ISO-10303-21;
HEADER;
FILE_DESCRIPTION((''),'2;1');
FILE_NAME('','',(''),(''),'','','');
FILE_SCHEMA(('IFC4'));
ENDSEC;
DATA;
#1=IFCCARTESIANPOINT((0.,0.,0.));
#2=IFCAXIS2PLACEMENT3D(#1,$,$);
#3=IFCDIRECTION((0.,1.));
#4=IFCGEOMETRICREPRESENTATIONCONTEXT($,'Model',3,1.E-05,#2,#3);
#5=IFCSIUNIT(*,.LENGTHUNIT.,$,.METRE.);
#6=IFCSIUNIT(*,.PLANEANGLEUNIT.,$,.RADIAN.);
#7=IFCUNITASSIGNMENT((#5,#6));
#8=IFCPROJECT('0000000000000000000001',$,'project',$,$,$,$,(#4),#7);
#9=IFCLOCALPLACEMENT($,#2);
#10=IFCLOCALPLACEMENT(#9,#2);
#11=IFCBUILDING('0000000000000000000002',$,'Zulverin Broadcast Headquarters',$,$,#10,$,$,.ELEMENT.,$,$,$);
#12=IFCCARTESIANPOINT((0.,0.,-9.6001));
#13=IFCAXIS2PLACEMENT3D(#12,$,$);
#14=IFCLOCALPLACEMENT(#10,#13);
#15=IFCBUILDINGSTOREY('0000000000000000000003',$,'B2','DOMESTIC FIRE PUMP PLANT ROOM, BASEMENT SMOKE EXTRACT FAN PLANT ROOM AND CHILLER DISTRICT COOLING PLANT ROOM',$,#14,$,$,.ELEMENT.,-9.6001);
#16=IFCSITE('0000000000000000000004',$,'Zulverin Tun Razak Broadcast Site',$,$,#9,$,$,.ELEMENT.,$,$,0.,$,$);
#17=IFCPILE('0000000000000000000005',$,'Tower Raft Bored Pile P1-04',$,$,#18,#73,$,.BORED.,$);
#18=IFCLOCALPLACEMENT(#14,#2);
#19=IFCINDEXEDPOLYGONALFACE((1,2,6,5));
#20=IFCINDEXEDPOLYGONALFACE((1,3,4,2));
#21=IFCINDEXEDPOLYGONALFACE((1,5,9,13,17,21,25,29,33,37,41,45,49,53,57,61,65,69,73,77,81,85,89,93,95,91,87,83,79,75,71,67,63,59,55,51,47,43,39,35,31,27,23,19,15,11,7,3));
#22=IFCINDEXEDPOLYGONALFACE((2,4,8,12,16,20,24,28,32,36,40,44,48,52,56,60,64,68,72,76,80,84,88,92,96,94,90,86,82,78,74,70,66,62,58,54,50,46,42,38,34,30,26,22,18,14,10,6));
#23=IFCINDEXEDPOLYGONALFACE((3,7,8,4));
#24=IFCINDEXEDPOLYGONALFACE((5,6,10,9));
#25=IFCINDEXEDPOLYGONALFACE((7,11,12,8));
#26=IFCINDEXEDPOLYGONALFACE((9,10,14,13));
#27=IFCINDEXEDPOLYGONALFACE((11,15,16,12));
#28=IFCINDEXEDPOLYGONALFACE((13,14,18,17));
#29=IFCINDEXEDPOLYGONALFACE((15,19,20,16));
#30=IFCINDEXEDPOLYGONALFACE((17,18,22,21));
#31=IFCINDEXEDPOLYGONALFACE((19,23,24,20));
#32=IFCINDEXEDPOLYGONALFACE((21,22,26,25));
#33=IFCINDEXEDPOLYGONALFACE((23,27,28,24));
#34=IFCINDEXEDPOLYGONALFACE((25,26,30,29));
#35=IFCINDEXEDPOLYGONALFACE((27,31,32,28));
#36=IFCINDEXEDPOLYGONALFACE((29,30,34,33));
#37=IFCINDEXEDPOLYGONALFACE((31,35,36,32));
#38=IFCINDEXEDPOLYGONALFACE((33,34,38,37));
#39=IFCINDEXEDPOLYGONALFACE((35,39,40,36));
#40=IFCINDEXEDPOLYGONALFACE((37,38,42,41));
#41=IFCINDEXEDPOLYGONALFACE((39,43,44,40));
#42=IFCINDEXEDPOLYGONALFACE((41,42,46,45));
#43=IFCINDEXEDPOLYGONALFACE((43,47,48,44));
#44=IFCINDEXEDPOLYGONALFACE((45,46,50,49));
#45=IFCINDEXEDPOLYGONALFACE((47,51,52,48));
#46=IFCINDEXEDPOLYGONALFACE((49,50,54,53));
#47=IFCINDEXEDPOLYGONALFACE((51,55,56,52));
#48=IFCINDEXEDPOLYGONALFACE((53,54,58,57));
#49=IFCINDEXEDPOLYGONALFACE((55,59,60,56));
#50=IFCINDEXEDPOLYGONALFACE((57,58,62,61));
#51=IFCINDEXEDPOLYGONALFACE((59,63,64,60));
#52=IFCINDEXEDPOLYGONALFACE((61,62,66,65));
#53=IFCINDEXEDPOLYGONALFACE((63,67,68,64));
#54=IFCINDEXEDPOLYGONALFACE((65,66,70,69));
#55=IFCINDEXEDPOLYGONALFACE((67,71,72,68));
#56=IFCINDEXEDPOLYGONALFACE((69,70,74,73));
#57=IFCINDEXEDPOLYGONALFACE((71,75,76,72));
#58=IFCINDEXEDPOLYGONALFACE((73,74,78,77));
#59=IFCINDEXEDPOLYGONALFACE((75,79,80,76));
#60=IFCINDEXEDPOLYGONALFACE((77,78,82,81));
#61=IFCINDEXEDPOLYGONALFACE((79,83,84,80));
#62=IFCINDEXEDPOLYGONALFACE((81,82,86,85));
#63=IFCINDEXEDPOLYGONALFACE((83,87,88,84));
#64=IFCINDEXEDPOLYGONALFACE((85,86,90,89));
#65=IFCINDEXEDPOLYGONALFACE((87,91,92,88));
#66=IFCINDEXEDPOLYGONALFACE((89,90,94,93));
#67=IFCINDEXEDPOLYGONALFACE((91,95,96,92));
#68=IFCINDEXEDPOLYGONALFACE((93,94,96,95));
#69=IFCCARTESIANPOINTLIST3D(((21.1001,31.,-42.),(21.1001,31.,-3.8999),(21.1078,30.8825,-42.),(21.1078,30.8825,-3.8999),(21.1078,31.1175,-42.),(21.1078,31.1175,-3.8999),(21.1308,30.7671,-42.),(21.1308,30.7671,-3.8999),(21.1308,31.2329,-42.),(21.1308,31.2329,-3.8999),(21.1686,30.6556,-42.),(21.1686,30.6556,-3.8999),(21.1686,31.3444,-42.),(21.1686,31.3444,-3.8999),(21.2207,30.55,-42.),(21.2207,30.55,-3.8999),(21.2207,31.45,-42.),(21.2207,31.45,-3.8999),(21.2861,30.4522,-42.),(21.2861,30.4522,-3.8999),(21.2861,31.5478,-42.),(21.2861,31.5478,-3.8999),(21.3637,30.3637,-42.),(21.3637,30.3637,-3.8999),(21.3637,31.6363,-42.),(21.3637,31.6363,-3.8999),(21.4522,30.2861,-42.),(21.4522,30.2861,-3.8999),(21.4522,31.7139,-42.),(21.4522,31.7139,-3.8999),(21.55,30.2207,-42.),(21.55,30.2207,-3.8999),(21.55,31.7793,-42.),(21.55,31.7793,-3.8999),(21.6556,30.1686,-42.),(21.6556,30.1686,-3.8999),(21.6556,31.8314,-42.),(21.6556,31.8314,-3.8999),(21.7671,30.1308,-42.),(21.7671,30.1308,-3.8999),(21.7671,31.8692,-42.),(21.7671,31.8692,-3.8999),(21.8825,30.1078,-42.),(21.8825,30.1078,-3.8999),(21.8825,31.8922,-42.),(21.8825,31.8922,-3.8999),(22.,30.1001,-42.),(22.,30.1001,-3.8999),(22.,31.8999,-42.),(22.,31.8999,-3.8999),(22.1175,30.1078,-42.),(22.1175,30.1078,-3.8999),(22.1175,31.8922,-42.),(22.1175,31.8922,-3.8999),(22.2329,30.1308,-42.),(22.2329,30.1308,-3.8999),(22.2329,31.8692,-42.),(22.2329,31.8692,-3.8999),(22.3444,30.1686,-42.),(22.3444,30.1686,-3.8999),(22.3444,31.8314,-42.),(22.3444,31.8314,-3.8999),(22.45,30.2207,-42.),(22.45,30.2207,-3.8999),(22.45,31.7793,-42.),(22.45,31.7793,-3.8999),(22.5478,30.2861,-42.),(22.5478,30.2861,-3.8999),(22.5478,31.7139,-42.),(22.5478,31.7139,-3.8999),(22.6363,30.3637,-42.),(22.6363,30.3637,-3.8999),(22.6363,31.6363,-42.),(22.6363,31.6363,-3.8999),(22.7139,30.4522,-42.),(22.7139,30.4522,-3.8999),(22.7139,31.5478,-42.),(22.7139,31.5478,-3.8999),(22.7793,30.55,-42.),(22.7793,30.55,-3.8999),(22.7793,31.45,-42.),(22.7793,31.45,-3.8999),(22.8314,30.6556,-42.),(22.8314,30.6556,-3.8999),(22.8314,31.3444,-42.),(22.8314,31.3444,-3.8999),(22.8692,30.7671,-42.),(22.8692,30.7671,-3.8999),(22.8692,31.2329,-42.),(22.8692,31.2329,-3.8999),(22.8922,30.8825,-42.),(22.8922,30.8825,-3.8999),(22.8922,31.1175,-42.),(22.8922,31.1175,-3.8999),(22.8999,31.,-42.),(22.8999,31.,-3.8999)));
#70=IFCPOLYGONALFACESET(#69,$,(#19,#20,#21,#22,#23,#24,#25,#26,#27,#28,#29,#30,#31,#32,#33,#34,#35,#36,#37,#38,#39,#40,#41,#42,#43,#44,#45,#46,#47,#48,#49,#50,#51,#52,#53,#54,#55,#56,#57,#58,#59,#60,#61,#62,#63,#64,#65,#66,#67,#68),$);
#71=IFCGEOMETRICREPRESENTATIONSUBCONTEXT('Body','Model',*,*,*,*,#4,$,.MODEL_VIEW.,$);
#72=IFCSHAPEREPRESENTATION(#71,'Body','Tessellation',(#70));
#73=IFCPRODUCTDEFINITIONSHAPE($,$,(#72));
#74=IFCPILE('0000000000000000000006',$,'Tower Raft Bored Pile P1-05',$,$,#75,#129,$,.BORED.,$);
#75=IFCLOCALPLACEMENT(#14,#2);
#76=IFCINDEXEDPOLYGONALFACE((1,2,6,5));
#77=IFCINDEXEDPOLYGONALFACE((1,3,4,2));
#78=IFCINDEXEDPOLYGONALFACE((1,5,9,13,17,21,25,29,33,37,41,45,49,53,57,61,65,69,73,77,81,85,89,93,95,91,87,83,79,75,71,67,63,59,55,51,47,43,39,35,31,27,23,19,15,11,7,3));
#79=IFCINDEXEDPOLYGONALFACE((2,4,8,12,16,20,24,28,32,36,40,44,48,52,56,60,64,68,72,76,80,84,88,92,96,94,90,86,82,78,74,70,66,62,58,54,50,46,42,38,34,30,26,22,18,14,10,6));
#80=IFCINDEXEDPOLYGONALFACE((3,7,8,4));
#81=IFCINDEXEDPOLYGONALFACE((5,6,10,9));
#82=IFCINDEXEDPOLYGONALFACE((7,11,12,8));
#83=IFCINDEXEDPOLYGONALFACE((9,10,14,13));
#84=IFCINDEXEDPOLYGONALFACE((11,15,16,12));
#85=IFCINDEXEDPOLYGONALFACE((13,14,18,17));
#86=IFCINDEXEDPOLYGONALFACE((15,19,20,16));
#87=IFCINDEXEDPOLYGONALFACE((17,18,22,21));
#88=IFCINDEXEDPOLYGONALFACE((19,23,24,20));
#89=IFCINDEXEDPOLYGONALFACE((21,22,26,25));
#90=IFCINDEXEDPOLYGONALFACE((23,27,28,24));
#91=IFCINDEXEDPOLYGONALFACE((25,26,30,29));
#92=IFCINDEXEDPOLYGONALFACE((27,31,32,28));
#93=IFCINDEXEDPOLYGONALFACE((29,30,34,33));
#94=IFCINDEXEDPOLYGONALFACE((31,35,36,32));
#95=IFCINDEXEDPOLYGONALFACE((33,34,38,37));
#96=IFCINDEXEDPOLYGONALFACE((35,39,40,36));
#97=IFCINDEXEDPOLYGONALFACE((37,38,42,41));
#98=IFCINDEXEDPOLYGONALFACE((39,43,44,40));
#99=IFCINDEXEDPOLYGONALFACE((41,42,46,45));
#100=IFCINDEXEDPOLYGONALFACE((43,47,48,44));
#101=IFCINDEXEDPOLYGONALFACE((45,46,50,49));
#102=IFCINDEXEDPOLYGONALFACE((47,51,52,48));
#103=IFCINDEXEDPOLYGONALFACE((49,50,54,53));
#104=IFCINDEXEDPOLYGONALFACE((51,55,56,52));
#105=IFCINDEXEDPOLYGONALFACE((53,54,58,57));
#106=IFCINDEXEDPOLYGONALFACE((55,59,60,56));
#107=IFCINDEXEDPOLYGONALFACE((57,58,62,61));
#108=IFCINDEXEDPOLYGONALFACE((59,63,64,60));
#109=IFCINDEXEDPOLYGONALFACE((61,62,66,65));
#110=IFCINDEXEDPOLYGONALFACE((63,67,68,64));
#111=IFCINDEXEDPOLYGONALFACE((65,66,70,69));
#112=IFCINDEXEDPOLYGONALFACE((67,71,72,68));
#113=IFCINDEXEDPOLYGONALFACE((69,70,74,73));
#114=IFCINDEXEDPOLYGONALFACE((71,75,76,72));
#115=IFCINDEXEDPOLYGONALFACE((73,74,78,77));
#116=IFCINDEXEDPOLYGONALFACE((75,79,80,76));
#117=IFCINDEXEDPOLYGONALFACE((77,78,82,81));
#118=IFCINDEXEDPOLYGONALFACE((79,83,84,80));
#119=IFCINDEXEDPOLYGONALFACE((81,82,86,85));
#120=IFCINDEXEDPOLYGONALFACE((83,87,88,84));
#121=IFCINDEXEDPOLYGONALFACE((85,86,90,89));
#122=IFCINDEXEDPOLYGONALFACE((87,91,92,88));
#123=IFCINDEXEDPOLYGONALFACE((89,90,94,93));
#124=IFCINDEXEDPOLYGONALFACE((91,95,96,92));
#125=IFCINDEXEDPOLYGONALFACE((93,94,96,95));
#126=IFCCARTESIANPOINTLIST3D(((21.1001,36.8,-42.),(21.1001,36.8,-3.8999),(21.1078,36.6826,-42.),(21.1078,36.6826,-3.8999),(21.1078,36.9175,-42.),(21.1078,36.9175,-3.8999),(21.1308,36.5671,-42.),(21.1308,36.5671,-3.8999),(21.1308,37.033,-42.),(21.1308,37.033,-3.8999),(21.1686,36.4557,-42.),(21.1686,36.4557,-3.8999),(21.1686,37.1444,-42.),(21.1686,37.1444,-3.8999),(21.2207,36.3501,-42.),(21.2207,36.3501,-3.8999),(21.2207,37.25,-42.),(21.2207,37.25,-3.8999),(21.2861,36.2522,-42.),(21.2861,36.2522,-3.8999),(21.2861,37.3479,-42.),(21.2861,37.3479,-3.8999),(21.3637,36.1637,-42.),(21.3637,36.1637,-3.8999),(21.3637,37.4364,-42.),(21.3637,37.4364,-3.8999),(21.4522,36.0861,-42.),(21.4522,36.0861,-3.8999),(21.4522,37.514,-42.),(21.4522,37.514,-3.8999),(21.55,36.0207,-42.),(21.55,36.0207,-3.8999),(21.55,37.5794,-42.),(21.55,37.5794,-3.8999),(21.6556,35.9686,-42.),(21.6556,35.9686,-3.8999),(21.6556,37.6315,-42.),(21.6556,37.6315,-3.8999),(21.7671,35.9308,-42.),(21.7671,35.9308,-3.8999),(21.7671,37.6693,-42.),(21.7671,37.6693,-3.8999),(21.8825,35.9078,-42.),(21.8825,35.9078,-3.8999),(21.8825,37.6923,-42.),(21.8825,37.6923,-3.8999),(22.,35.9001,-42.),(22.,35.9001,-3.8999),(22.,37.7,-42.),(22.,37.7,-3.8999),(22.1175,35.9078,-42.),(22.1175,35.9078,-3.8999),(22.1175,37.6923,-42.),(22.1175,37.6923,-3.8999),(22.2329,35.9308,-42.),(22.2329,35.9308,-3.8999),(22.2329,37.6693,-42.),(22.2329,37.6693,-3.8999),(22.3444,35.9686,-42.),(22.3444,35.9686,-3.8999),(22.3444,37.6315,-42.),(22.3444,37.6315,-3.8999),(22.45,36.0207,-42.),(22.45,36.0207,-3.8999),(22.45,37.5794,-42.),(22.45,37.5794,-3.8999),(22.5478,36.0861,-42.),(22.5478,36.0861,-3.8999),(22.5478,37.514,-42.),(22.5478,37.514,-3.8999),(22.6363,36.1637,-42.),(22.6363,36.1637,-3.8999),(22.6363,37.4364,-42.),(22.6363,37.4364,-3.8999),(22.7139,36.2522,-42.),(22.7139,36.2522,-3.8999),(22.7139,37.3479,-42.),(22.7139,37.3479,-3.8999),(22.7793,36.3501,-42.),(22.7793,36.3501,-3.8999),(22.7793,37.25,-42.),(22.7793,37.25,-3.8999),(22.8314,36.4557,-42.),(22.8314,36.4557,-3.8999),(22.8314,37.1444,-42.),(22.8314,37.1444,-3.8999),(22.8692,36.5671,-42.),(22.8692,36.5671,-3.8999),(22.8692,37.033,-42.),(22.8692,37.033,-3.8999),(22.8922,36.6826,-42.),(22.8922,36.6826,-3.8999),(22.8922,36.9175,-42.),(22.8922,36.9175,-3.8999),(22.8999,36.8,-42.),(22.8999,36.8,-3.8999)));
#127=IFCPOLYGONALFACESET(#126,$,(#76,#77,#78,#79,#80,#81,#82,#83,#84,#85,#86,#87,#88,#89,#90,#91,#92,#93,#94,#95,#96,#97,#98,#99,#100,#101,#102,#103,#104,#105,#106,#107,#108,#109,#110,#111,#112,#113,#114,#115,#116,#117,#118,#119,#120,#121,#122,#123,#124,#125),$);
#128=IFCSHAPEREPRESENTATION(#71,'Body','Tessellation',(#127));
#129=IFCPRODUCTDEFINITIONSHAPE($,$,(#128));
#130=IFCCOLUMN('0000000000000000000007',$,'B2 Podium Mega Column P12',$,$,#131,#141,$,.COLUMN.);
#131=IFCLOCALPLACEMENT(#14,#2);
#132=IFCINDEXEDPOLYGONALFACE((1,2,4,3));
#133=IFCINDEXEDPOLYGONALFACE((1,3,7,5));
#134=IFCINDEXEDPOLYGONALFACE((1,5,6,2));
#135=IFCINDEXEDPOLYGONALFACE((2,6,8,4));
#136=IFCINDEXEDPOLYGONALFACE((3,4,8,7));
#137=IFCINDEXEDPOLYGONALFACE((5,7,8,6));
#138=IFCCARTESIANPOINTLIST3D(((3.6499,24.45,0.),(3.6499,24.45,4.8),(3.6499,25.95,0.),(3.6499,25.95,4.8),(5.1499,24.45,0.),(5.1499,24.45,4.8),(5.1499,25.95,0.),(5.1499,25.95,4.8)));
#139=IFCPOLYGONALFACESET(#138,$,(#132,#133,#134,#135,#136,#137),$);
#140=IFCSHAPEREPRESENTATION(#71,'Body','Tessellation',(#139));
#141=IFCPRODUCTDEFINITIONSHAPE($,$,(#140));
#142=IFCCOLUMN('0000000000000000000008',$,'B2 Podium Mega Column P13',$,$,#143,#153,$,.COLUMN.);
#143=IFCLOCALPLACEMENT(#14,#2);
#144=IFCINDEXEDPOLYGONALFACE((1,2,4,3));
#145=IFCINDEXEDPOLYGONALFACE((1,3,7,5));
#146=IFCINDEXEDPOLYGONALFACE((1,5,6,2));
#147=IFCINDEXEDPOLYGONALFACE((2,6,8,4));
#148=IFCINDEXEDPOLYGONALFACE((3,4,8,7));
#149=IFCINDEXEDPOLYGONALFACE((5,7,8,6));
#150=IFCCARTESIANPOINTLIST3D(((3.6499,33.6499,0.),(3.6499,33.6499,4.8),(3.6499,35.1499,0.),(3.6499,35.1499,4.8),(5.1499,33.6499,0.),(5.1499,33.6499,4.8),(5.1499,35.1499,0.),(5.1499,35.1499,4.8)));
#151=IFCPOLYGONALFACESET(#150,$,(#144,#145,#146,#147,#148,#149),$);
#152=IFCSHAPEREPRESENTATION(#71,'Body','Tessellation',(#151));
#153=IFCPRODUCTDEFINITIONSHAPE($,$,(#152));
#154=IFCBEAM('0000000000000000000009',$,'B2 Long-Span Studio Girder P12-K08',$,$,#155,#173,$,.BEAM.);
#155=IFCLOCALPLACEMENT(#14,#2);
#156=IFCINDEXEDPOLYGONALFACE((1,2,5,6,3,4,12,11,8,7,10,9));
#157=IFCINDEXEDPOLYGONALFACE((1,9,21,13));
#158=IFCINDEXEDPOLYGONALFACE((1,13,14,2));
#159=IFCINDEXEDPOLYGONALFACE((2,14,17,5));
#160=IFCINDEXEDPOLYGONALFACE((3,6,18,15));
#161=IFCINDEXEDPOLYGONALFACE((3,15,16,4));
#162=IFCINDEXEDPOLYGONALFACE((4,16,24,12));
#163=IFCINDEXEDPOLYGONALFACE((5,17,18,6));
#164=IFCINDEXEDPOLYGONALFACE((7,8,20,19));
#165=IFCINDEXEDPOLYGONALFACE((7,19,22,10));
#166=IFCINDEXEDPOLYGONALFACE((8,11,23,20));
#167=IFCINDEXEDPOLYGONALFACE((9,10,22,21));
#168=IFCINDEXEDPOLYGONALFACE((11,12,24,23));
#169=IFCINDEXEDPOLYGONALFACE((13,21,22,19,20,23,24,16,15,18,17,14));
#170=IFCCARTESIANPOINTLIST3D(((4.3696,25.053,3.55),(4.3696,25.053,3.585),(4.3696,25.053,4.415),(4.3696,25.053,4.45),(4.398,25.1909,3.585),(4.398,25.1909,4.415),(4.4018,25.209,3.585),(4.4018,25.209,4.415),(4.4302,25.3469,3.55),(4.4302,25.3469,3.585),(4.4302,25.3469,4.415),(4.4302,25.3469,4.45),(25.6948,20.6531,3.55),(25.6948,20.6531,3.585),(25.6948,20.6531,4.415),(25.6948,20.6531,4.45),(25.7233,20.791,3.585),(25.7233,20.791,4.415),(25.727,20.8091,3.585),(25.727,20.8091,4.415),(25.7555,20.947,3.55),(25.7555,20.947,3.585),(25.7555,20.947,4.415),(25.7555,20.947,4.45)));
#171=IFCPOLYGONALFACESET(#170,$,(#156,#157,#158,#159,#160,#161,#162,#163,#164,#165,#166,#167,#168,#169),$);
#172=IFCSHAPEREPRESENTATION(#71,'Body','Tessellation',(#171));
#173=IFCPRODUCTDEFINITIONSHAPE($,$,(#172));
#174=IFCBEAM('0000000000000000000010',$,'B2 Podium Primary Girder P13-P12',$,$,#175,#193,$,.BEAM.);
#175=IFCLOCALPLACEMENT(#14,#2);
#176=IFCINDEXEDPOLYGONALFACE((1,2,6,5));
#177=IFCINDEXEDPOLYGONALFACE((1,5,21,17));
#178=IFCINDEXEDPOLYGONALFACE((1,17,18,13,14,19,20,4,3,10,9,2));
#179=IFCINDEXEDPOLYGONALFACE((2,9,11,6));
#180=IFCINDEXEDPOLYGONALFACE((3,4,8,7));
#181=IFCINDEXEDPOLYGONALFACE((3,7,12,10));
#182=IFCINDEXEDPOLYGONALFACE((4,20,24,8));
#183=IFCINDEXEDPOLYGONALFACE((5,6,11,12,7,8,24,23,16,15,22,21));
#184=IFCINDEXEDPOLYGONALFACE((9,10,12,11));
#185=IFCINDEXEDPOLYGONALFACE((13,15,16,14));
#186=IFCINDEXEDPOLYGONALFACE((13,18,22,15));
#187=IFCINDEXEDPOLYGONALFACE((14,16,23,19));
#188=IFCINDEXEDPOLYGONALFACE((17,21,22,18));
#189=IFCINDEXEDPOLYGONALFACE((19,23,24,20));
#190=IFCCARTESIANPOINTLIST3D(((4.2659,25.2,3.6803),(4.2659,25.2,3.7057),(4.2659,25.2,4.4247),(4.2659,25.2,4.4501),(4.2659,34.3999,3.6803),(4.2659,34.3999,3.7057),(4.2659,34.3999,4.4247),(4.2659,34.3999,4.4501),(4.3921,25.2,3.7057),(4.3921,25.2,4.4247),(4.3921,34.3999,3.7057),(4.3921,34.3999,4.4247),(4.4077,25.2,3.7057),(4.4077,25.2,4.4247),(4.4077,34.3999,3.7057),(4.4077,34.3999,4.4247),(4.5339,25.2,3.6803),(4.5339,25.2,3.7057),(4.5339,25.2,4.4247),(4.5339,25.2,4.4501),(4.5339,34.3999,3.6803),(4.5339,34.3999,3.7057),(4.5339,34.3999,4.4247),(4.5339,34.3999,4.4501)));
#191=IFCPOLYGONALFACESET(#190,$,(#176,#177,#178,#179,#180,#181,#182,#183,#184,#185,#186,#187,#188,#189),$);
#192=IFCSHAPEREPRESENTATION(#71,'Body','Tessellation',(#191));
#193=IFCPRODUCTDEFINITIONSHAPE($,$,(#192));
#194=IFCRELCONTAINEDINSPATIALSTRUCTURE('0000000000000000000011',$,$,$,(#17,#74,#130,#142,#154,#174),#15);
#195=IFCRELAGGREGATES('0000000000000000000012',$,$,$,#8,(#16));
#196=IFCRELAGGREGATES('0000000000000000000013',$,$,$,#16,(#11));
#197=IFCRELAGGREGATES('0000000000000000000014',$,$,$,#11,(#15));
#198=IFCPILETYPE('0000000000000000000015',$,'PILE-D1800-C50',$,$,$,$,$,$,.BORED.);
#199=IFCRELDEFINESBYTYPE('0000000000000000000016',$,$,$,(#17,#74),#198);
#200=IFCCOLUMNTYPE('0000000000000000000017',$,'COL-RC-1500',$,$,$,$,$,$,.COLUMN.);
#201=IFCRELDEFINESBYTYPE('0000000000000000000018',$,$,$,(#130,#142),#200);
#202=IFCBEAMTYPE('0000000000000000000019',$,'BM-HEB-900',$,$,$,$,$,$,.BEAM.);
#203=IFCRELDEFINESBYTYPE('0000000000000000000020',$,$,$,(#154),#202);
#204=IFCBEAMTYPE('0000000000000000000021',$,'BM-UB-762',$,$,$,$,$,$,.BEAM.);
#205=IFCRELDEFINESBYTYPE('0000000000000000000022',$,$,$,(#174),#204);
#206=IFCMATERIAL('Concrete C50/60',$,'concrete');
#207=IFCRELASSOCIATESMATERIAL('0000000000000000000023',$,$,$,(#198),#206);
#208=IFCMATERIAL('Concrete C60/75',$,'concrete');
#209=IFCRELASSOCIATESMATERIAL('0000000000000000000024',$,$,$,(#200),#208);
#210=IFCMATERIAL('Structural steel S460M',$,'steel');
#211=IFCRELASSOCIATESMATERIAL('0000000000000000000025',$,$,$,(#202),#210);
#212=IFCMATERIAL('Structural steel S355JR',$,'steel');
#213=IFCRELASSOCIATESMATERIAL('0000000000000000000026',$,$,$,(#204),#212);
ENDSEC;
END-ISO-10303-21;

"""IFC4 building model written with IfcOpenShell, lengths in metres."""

from ifc_helpers import new_model, si_unit, direction, frame, origin, origin_2d, place, context, subcontext, project, spatial, rectangle, circle, i_section, extrude, material, material_profile, profile_set, type_object, element, save


model = new_model("IFC4")

# Units and contexts
model_context = context("Model", 3, precision=1e-05, world=origin(), true_north=direction((0.0, 1.0)))
body_context = subcontext(model_context, "Body", "Model", "MODEL_VIEW")
ifc_project = project(units=[si_unit("LENGTHUNIT", "METRE"), si_unit("PLANEANGLEUNIT", "RADIAN")], contexts=[model_context])

# Site, building, storey
site_placement = place(None, origin())
site = spatial("IfcSite", under=ifc_project, at=site_placement, Name="Zulverin Tun Razak Broadcast Site", CompositionType="ELEMENT", RefElevation=0.0)
building_placement = place(site_placement, origin())
building = spatial("IfcBuilding", under=site, at=building_placement, Name="Zulverin Broadcast Headquarters", CompositionType="ELEMENT")
storey_placement = place(building_placement, frame((0.0, 0.0, -9.6001)))
storey = spatial("IfcBuildingStorey", under=building, at=storey_placement, Name="B2", Description="DOMESTIC FIRE PUMP PLANT ROOM, BASEMENT SMOKE EXTRACT FAN PLANT ROOM AND CHILLER DISTRICT COOLING PLANT ROOM", CompositionType="ELEMENT", Elevation=-9.6001)

# Shared definitions
ifc_material_1 = material(Name="Concrete C50/60", Category="concrete")

# Piles
ifc_material_profile_1 = material_profile(ifc_material_1, circle(Radius=0.8999, at=origin_2d()), Name="Concrete C50/60", Category="concrete")
ifc_profile_set_1 = profile_set([ifc_material_profile_1], Name="Concrete C50/60")
pile_type_1 = type_object("IfcPileType", Name="PILE-D1800-C50", PredefinedType="BORED", material=ifc_profile_set_1)
for number, where, z_axis, x_axis, name in (
    (1, (22.0, 31.0, -3.8999), (0.0, 0.0, -1.0), (1.0, 0.0, 0.0), "Tower Raft Bored Pile P1-04"),
    (2, (22.0, 36.8, -3.8999), (0.0, 0.0, -1.0), (1.0, 0.0, 0.0), "Tower Raft Bored Pile P1-05"),
):
    element("IfcPile", number, at=place(storey_placement, frame(where, z_axis=z_axis, x_axis=x_axis)), inside=storey, type_object=pile_type_1, Name=name, PredefinedType="BORED", context=body_context, shape_type="SweptSolid", body=[
        extrude(circle(Radius=0.8999, at=origin_2d()), origin(), (0.0, 0.0, 1.0), 38.1001),
    ])

# Columns
ifc_material_2 = material(Name="Concrete C60/75", Category="concrete")
ifc_material_profile_2 = material_profile(ifc_material_2, rectangle(XDim=1.5, YDim=1.5, at=origin_2d()), Name="Concrete C60/75", Category="concrete")
ifc_profile_set_2 = profile_set([ifc_material_profile_2], Name="Concrete C60/75")
column_type = type_object("IfcColumnType", Name="COL-RC-1500", PredefinedType="COLUMN", material=ifc_profile_set_2)
for number, where, z_axis, x_axis, name in (
    (3, (4.3999, 25.2, 0.0), (0.0, 0.0, 1.0), (1.0, 0.0, 0.0), "B2 Podium Mega Column P12"),
    (4, (4.3999, 34.3999, 0.0), (0.0, 0.0, 1.0), (1.0, 0.0, 0.0), "B2 Podium Mega Column P13"),
):
    element("IfcColumn", number, at=place(storey_placement, frame(where, z_axis=z_axis, x_axis=x_axis)), inside=storey, type_object=column_type, Name=name, PredefinedType="COLUMN", context=body_context, shape_type="SweptSolid", body=[
        extrude(rectangle(XDim=1.5, YDim=1.5, at=origin_2d()), origin(), (0.0, 0.0, 1.0), 4.8),
    ])

# Beams
ifc_material_3 = material(Name="Structural steel S460M", Category="steel")
ifc_material_profile_3 = material_profile(ifc_material_3, i_section(OverallWidth=0.3, OverallDepth=0.8999, WebThickness=0.0186, FlangeThickness=0.0349, at=origin_2d()), Name="Structural steel S460M", Category="steel")
ifc_profile_set_3 = profile_set([ifc_material_profile_3], Name="Structural steel S460M")
beam_type_1 = type_object("IfcBeamType", Name="BM-HEB-900", PredefinedType="BEAM", material=ifc_profile_set_3)
beam_1_placement = place(storey_placement, frame((4.3999, 25.2, 4.0), z_axis=(0.979371, -0.202068, 0.0), x_axis=(0.202068, 0.979371, 0.0)))
element("IfcBeam", 5, at=beam_1_placement, inside=storey, type_object=beam_type_1, Name="B2 Long-Span Studio Girder P12-K08", PredefinedType="BEAM", context=body_context, shape_type="SweptSolid", body=[
    extrude(i_section(OverallWidth=0.3, OverallDepth=0.8999, WebThickness=0.0186, FlangeThickness=0.0349, at=origin_2d()), origin(), (0.0, 0.0, 1.0), 21.7744),
])
ifc_material_4 = material(Name="Structural steel S355JR", Category="steel")
ifc_material_profile_4 = material_profile(ifc_material_4, i_section(OverallWidth=0.2681, OverallDepth=0.7698, WebThickness=0.0156, FlangeThickness=0.0254, at=origin_2d()), Name="Structural steel S355JR", Category="steel")
ifc_profile_set_4 = profile_set([ifc_material_profile_4], Name="Structural steel S355JR")
beam_type_2 = type_object("IfcBeamType", Name="BM-UB-762", PredefinedType="BEAM", material=ifc_profile_set_4)
beam_2_placement = place(storey_placement, frame((4.3999, 34.3999, 4.0652), z_axis=(0.0, -1.0, 0.0), x_axis=(1.0, 0.0, 0.0)))
element("IfcBeam", 6, at=beam_2_placement, inside=storey, type_object=beam_type_2, Name="B2 Podium Primary Girder P13-P12", PredefinedType="BEAM", context=body_context, shape_type="SweptSolid", body=[
    extrude(i_section(OverallWidth=0.2681, OverallDepth=0.7698, WebThickness=0.0156, FlangeThickness=0.0254, at=origin_2d()), origin(), (0.0, 0.0, 1.0), 9.2),
])

save(model, "model.ifc")
